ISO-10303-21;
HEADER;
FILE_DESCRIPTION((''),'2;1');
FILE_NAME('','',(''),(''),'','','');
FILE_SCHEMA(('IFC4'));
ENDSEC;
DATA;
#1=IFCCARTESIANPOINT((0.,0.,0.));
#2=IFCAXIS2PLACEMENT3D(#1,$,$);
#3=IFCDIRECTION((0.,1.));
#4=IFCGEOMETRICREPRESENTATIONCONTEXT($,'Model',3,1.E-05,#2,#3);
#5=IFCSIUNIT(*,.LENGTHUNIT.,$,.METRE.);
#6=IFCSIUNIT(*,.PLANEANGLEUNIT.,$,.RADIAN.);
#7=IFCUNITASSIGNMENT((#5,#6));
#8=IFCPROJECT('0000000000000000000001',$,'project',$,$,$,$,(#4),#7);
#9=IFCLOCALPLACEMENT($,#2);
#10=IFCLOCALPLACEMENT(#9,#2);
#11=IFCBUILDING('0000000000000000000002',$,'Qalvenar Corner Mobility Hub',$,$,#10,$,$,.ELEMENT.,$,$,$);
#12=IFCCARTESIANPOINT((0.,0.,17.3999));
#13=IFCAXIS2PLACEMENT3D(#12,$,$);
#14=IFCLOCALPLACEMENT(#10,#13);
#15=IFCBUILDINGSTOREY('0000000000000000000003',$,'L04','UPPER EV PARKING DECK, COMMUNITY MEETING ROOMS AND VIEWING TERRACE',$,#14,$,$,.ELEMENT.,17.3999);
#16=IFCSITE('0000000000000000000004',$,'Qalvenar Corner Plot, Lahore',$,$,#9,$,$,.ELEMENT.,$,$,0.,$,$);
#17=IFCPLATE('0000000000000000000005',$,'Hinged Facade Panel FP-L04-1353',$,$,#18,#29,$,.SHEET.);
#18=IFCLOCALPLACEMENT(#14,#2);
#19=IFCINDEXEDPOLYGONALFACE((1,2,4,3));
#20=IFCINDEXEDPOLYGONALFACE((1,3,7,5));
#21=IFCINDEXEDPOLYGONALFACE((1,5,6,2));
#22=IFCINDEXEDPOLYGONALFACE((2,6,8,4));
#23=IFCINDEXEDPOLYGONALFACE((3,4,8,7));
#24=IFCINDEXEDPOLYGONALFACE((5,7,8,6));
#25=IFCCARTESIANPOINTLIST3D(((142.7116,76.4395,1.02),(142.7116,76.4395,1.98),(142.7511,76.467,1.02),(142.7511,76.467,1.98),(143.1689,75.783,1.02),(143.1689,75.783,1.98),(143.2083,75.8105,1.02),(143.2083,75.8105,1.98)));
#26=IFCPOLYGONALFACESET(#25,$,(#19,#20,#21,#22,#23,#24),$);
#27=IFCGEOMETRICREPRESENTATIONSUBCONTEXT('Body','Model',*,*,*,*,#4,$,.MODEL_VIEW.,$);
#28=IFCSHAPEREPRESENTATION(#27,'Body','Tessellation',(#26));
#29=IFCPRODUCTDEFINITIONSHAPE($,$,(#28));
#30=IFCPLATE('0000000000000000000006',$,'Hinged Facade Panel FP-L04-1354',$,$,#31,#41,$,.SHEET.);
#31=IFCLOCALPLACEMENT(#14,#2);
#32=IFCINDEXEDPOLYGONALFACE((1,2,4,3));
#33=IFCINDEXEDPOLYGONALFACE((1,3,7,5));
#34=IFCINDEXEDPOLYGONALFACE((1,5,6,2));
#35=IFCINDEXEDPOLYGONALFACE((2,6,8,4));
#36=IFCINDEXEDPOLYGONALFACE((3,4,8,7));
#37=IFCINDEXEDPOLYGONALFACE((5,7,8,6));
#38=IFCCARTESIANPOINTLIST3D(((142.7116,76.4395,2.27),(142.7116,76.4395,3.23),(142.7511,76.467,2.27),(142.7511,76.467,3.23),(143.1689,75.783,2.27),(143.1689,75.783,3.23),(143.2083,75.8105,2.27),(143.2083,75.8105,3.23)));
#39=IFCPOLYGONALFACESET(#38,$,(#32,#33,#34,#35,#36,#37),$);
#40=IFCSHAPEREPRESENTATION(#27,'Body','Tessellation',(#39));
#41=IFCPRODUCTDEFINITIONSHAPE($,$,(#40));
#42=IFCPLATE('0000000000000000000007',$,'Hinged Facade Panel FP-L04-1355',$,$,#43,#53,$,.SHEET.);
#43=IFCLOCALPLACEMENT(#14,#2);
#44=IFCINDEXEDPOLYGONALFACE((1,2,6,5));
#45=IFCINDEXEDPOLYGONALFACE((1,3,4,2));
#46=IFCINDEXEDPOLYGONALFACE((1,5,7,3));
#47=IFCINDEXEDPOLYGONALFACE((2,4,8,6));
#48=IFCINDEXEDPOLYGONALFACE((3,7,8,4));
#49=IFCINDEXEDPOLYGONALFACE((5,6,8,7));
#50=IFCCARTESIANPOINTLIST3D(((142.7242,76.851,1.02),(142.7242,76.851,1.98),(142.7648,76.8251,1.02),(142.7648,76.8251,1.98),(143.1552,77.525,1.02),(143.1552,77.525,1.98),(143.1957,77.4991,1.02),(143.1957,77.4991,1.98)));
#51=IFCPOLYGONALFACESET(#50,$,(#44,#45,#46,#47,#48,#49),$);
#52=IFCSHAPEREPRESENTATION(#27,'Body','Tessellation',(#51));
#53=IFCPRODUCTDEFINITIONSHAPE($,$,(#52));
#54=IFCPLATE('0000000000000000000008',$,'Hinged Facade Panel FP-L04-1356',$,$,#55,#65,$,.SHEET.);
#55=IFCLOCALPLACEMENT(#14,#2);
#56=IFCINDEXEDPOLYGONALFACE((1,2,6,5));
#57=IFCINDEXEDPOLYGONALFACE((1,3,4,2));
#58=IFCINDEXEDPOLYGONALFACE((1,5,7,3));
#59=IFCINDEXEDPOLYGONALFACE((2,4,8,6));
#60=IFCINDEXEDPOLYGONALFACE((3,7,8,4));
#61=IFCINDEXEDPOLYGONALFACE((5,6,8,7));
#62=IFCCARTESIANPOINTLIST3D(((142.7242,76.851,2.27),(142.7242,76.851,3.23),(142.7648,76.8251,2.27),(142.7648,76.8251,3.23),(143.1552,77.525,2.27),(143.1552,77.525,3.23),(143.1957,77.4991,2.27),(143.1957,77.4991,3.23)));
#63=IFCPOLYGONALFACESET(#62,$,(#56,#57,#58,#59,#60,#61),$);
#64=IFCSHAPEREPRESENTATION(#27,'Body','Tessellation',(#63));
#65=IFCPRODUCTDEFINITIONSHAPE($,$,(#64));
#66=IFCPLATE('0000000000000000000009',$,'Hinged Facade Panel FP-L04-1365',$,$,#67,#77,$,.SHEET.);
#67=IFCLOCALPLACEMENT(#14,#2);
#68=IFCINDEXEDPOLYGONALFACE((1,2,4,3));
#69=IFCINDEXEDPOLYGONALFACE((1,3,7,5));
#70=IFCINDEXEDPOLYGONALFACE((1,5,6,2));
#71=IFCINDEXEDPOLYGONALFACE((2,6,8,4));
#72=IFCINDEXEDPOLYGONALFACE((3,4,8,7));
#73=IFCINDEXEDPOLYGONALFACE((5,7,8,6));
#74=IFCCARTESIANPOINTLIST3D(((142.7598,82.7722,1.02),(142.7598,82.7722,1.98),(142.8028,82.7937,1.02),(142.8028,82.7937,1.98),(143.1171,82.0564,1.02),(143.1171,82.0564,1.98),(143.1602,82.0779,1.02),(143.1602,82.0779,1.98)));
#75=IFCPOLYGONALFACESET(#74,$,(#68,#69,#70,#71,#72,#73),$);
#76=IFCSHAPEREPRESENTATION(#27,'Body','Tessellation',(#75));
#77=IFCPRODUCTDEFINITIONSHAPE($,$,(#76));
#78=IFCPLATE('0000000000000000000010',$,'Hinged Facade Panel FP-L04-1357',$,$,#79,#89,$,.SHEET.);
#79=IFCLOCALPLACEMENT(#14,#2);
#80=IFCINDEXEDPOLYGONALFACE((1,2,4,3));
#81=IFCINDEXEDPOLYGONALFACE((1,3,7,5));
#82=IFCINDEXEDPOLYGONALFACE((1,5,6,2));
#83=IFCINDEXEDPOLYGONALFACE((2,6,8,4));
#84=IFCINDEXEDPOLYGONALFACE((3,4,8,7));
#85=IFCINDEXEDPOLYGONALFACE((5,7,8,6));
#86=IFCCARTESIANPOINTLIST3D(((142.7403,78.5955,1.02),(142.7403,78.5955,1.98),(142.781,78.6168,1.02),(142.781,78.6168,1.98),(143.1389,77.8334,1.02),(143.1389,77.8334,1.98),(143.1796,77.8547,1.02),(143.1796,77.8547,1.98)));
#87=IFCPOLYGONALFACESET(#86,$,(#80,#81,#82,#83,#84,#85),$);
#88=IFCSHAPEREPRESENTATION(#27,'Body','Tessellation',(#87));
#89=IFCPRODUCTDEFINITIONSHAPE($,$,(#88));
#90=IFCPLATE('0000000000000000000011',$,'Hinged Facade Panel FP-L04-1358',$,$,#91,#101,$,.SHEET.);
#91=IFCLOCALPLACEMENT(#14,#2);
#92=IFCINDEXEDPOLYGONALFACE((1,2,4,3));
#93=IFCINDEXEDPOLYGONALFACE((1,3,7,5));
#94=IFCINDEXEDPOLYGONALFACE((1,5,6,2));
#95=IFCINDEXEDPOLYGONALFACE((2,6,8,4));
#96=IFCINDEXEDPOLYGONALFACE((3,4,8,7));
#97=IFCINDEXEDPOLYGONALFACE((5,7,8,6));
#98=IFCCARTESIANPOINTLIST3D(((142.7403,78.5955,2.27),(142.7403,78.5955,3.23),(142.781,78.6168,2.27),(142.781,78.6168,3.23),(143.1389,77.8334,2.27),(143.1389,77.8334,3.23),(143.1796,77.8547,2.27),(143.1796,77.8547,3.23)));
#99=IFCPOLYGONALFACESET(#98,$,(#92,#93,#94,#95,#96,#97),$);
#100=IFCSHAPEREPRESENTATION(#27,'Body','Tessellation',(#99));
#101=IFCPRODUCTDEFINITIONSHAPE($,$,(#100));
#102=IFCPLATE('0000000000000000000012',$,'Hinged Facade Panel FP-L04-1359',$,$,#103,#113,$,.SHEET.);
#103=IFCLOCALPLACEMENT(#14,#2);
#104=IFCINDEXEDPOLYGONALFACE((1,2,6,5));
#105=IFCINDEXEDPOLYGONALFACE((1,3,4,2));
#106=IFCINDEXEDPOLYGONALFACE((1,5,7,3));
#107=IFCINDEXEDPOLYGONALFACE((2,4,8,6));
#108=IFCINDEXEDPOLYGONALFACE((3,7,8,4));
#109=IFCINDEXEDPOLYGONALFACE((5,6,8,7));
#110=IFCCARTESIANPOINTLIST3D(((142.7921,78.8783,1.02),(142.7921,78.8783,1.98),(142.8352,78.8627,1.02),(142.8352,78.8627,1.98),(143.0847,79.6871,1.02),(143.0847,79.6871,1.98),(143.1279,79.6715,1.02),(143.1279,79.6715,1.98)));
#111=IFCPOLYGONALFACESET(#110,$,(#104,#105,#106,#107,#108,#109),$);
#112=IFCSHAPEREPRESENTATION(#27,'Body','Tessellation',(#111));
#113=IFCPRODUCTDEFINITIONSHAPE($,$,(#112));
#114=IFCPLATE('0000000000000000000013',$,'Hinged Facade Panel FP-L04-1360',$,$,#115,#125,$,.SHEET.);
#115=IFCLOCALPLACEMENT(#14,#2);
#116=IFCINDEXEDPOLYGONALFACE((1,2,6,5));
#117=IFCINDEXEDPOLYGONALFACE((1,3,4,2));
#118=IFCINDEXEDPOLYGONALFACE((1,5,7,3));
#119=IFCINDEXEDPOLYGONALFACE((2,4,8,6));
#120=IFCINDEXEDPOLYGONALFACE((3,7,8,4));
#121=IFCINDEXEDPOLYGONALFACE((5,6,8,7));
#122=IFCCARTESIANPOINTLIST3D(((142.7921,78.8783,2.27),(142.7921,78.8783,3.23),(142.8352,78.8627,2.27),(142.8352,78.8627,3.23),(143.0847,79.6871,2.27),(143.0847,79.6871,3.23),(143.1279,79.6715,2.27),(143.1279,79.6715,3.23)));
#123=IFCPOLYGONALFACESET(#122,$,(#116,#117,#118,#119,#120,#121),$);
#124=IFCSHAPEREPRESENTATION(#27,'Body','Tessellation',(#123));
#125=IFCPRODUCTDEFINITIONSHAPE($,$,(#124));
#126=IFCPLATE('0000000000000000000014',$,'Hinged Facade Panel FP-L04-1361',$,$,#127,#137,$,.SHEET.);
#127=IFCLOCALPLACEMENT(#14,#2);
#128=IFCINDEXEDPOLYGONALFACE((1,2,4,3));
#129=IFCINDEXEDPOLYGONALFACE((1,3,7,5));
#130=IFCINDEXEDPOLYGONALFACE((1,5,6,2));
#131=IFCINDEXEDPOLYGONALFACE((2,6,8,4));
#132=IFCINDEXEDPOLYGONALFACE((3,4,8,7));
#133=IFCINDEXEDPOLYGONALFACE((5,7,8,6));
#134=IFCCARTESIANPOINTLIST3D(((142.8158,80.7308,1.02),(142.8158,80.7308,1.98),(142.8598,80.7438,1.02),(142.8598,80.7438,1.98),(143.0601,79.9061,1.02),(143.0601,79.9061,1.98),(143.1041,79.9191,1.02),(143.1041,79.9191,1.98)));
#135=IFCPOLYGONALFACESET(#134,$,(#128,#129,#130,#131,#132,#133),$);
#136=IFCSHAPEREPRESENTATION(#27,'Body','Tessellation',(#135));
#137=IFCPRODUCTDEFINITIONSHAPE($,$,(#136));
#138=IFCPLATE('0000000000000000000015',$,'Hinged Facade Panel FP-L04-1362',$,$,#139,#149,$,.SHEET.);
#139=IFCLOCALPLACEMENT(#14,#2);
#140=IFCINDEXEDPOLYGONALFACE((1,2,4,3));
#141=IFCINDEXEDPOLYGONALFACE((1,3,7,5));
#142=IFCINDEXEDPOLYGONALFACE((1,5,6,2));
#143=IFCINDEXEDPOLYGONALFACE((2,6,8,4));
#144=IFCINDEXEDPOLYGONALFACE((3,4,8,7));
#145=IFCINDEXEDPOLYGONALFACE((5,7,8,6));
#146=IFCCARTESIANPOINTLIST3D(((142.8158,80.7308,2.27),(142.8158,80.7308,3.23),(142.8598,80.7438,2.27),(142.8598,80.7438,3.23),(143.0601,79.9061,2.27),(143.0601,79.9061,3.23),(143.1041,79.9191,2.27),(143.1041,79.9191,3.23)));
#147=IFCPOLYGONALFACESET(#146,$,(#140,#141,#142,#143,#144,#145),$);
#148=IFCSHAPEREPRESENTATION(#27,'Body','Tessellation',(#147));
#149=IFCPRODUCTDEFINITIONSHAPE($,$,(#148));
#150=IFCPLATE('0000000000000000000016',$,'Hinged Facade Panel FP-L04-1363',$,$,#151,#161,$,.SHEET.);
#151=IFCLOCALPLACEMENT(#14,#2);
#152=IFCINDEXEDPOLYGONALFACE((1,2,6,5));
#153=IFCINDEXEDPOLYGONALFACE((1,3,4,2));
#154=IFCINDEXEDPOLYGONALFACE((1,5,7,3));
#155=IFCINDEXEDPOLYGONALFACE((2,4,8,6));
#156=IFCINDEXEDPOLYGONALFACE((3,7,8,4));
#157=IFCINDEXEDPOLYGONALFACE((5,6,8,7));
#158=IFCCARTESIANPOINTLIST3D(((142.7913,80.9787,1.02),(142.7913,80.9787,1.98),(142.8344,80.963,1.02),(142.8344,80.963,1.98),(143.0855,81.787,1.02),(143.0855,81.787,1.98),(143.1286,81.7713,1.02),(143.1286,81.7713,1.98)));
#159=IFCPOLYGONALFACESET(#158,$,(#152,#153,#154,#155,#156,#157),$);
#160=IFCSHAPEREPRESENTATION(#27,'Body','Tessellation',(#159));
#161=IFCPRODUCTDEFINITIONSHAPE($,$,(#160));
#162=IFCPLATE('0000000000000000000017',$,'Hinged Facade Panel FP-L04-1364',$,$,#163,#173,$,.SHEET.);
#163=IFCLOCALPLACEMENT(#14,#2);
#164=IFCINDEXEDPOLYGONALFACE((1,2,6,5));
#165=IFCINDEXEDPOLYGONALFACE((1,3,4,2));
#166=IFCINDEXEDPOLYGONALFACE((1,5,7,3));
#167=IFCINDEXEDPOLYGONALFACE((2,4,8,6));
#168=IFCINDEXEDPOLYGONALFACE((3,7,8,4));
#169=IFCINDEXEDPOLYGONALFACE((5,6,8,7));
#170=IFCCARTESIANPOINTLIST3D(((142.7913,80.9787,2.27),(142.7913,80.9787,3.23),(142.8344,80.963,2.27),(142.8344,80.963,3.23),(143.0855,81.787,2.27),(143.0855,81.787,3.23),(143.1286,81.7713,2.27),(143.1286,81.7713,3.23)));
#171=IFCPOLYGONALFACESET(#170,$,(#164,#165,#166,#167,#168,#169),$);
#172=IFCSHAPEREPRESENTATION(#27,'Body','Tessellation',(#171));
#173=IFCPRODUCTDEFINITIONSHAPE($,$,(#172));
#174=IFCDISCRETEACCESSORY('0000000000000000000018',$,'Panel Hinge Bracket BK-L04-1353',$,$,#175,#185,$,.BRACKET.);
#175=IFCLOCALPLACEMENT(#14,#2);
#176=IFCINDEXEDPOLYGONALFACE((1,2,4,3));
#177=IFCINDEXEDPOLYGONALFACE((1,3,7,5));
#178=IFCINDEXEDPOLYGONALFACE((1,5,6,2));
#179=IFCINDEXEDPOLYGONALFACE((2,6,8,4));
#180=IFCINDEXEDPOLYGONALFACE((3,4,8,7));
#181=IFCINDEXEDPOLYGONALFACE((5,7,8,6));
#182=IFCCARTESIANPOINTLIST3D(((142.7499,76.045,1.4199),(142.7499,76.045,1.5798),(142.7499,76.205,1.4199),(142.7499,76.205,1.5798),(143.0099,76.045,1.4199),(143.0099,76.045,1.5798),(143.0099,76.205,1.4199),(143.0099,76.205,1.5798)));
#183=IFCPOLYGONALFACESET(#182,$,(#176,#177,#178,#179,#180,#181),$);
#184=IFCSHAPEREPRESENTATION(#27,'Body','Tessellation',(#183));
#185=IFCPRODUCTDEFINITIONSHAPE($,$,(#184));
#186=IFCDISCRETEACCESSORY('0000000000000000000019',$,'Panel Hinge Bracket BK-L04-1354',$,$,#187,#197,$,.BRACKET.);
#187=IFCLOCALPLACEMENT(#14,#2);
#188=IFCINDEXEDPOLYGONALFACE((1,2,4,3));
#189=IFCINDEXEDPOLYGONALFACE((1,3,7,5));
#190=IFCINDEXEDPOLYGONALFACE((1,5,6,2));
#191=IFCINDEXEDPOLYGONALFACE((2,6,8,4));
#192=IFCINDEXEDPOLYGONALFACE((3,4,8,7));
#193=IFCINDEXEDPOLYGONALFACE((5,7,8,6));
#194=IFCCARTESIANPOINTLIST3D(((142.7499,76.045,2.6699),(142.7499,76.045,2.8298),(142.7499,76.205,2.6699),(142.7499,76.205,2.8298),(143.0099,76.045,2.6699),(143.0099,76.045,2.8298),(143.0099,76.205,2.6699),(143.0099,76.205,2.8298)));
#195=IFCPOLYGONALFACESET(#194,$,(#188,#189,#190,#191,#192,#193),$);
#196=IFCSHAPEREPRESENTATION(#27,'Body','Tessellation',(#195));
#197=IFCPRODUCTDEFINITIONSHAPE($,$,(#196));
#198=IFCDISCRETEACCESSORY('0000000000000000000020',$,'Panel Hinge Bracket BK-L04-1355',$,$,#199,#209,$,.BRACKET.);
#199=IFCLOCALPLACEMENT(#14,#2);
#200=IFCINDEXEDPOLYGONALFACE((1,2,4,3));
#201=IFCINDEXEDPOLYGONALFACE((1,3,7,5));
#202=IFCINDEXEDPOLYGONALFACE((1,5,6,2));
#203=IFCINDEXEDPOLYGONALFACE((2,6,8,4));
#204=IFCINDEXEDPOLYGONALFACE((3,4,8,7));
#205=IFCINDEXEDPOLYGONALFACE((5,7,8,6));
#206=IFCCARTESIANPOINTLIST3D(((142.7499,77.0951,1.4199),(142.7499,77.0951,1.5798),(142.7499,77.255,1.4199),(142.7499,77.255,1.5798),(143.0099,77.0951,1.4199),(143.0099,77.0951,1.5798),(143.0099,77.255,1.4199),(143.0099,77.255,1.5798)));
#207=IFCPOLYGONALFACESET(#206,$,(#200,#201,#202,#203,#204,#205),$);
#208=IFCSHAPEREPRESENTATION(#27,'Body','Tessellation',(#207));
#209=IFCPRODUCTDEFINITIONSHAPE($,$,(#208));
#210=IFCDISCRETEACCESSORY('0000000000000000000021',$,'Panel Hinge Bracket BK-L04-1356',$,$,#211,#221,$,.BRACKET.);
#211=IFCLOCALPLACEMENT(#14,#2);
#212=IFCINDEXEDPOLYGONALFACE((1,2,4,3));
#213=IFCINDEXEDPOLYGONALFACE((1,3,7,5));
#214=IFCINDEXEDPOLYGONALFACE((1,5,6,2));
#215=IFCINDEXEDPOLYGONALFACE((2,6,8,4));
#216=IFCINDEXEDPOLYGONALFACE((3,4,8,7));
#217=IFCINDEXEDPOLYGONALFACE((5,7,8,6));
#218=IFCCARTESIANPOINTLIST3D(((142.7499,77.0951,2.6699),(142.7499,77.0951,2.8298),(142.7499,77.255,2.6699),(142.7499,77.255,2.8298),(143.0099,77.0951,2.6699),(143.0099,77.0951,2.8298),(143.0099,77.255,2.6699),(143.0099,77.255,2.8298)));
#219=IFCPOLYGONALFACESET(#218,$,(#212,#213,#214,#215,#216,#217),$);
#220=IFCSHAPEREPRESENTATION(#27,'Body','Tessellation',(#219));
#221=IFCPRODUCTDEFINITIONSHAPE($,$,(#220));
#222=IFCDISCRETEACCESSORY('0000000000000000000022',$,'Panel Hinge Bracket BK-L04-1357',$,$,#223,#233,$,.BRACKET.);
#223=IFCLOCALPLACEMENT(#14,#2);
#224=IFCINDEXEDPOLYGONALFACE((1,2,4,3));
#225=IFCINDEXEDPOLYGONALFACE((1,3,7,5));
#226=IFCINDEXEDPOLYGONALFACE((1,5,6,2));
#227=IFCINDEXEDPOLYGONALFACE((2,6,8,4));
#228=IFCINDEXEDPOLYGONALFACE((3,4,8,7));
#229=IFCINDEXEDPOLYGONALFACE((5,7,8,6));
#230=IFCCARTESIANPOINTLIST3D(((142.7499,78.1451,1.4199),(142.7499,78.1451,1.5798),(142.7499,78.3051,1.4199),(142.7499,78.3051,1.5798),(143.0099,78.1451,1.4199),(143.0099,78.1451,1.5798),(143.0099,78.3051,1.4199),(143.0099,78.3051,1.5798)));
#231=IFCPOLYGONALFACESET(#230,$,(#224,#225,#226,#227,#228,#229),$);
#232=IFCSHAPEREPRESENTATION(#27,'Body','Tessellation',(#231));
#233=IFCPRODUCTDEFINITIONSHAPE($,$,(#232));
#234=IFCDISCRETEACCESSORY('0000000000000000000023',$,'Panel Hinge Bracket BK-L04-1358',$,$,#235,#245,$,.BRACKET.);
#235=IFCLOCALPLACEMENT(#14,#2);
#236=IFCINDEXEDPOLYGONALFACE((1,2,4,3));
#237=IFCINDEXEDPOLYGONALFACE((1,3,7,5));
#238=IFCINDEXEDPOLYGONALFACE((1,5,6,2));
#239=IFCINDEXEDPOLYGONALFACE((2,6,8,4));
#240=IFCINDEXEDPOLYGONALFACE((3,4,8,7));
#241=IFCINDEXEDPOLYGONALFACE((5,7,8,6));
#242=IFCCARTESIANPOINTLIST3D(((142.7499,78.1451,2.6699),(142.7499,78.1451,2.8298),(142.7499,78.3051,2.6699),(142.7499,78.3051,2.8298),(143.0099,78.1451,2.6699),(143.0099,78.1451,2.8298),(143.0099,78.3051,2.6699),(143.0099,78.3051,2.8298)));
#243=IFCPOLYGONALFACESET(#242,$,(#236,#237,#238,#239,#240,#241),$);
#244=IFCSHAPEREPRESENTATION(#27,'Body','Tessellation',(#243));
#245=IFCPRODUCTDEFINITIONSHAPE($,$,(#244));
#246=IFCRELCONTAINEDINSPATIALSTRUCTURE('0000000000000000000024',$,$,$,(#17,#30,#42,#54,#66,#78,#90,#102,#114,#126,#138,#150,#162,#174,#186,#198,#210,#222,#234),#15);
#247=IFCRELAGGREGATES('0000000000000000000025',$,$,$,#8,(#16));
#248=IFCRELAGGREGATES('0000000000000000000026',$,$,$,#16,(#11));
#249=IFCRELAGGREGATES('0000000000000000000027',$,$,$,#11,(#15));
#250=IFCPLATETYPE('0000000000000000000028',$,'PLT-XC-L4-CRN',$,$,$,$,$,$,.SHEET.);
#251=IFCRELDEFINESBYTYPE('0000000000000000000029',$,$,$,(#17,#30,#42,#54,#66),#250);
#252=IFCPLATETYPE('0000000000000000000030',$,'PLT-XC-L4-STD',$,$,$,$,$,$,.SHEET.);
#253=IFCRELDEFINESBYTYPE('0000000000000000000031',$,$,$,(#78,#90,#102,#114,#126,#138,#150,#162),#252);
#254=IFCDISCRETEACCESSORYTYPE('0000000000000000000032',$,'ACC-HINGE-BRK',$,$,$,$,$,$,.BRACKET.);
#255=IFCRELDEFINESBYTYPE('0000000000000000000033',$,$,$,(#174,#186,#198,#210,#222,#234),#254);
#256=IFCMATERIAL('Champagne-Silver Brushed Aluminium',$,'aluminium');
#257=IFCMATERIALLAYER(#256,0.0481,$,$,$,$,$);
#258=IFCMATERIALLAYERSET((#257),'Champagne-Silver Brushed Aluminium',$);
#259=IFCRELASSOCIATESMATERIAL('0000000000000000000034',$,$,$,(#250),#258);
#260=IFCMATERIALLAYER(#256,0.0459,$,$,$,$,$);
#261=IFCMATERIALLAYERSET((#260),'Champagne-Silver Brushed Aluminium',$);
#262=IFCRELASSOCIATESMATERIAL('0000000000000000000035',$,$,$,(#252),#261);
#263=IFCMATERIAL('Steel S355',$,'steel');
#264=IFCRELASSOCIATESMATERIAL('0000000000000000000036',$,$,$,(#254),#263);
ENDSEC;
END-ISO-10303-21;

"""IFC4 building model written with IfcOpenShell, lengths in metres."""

from ifc_helpers import new_model, si_unit, direction, frame, origin, origin_2d, place, context, subcontext, project, spatial, rectangle, extrude, material, layer, layer_set, type_object, element, save


model = new_model("IFC4")

# Units and contexts
model_context = context("Model", 3, precision=1e-05, world=origin(), true_north=direction((0.0, 1.0)))
body_context = subcontext(model_context, "Body", "Model", "MODEL_VIEW")
ifc_project = project(units=[si_unit("LENGTHUNIT", "METRE"), si_unit("PLANEANGLEUNIT", "RADIAN")], contexts=[model_context])

# Site, building, storey
site_placement = place(None, origin())
site = spatial("IfcSite", under=ifc_project, at=site_placement, Name="Qalvenar Corner Plot, Lahore", CompositionType="ELEMENT", RefElevation=0.0)
building_placement = place(site_placement, origin())
building = spatial("IfcBuilding", under=site, at=building_placement, Name="Qalvenar Corner Mobility Hub", CompositionType="ELEMENT")
storey_placement = place(building_placement, frame((0.0, 0.0, 17.3999)))
storey = spatial("IfcBuildingStorey", under=building, at=storey_placement, Name="L04", Description="UPPER EV PARKING DECK, COMMUNITY MEETING ROOMS AND VIEWING TERRACE", CompositionType="ELEMENT", Elevation=17.3999)

# Plates
ifc_material_1 = material(Name="Champagne-Silver Brushed Aluminium", Category="aluminium")
ifc_layer_1 = layer(ifc_material_1, 0.0481)
ifc_layer_set_1 = layer_set([ifc_layer_1], Name="Champagne-Silver Brushed Aluminium")
plate_type_1 = type_object("IfcPlateType", Name="PLT-XC-L4-CRN", PredefinedType="SHEET", material=ifc_layer_set_1)
for number, where, z_axis, x_axis, name in (
    (1, (142.96, 76.125, 1.02), (0.0, 0.0, 1.0), (-0.571573, 0.820551, 0.0), "Hinged Facade Panel FP-L04-1353"),
    (2, (142.96, 76.125, 2.27), (0.0, 0.0, 1.0), (-0.571573, 0.820551, 0.0), "Hinged Facade Panel FP-L04-1354"),
    (3, (142.96, 77.175, 1.02), (0.0, 0.0, 1.0), (0.538624, 0.842546, 0.0), "Hinged Facade Panel FP-L04-1355"),
    (4, (142.96, 77.175, 2.27), (0.0, 0.0, 1.0), (0.538624, 0.842546, 0.0), "Hinged Facade Panel FP-L04-1356"),
    (5, (142.96, 82.425, 1.02), (0.0, 0.0, 1.0), (-0.446666, 0.894701, 0.0), "Hinged Facade Panel FP-L04-1365"),
):
    element("IfcPlate", number, at=place(storey_placement, frame(where, z_axis=z_axis, x_axis=x_axis)), inside=storey, type_object=plate_type_1, Name=name, PredefinedType="SHEET", context=body_context, shape_type="SweptSolid", body=[
        extrude(rectangle(XDim=0.8, YDim=0.0481, at=origin_2d()), origin(), (0.0, 0.0, 1.0), 0.96),
    ])
ifc_layer_2 = layer(ifc_material_1, 0.0459)
ifc_layer_set_2 = layer_set([ifc_layer_2], Name="Champagne-Silver Brushed Aluminium")
plate_type_2 = type_object("IfcPlateType", Name="PLT-XC-L4-STD", PredefinedType="SHEET", material=ifc_layer_set_2)
for number, where, z_axis, x_axis, name in (
    (6, (142.96, 78.2251, 1.02), (0.0, 0.0, 1.0), (-0.463451, 0.886123, 0.0), "Hinged Facade Panel FP-L04-1357"),
    (7, (142.96, 78.2251, 2.27), (0.0, 0.0, 1.0), (-0.463451, 0.886123, 0.0), "Hinged Facade Panel FP-L04-1358"),
    (8, (142.96, 79.2749, 1.02), (0.0, 0.0, 1.0), (0.340215, 0.940348, 0.0), "Hinged Facade Panel FP-L04-1359"),
    (9, (142.96, 79.2749, 2.27), (0.0, 0.0, 1.0), (0.340215, 0.940348, 0.0), "Hinged Facade Panel FP-L04-1360"),
    (10, (142.96, 80.325, 1.02), (0.0, 0.0, 1.0), (-0.284015, 0.95882, 0.0), "Hinged Facade Panel FP-L04-1361"),
    (11, (142.96, 80.325, 2.27), (0.0, 0.0, 1.0), (-0.284015, 0.95882, 0.0), "Hinged Facade Panel FP-L04-1362"),
    (12, (142.96, 81.375, 1.02), (0.0, 0.0, 1.0), (0.34202, 0.939693, 0.0), "Hinged Facade Panel FP-L04-1363"),
    (13, (142.96, 81.375, 2.27), (0.0, 0.0, 1.0), (0.34202, 0.939693, 0.0), "Hinged Facade Panel FP-L04-1364"),
):
    element("IfcPlate", number, at=place(storey_placement, frame(where, z_axis=z_axis, x_axis=x_axis)), inside=storey, type_object=plate_type_2, Name=name, PredefinedType="SHEET", context=body_context, shape_type="SweptSolid", body=[
        extrude(rectangle(XDim=0.8601, YDim=0.0459, at=origin_2d()), origin(), (0.0, 0.0, 1.0), 0.96),
    ])

# Discrete accessories
ifc_material_2 = material(Name="Steel S355", Category="steel")
discrete_accessory_type = type_object("IfcDiscreteAccessoryType", Name="ACC-HINGE-BRK", PredefinedType="BRACKET", material=ifc_material_2)
for number, where, z_axis, x_axis, name in (
    (14, (142.8799, 76.125, 1.4199), (0.0, 0.0, 1.0), (0.0, 1.0, 0.0), "Panel Hinge Bracket BK-L04-1353"),
    (15, (142.8799, 76.125, 2.6699), (0.0, 0.0, 1.0), (0.0, 1.0, 0.0), "Panel Hinge Bracket BK-L04-1354"),
    (16, (142.8799, 77.175, 1.4199), (0.0, 0.0, 1.0), (0.0, 1.0, 0.0), "Panel Hinge Bracket BK-L04-1355"),
    (17, (142.8799, 77.175, 2.6699), (0.0, 0.0, 1.0), (0.0, 1.0, 0.0), "Panel Hinge Bracket BK-L04-1356"),
    (18, (142.8799, 78.2251, 1.4199), (0.0, 0.0, 1.0), (0.0, 1.0, 0.0), "Panel Hinge Bracket BK-L04-1357"),
    (19, (142.8799, 78.2251, 2.6699), (0.0, 0.0, 1.0), (0.0, 1.0, 0.0), "Panel Hinge Bracket BK-L04-1358"),
):
    element("IfcDiscreteAccessory", number, at=place(storey_placement, frame(where, z_axis=z_axis, x_axis=x_axis)), inside=storey, type_object=discrete_accessory_type, Name=name, PredefinedType="BRACKET", context=body_context, shape_type="SweptSolid", body=[
        extrude(rectangle(XDim=0.1599, YDim=0.26, at=origin_2d()), origin(), (0.0, 0.0, 1.0), 0.1599),
    ])

save(model, "model.ifc")
